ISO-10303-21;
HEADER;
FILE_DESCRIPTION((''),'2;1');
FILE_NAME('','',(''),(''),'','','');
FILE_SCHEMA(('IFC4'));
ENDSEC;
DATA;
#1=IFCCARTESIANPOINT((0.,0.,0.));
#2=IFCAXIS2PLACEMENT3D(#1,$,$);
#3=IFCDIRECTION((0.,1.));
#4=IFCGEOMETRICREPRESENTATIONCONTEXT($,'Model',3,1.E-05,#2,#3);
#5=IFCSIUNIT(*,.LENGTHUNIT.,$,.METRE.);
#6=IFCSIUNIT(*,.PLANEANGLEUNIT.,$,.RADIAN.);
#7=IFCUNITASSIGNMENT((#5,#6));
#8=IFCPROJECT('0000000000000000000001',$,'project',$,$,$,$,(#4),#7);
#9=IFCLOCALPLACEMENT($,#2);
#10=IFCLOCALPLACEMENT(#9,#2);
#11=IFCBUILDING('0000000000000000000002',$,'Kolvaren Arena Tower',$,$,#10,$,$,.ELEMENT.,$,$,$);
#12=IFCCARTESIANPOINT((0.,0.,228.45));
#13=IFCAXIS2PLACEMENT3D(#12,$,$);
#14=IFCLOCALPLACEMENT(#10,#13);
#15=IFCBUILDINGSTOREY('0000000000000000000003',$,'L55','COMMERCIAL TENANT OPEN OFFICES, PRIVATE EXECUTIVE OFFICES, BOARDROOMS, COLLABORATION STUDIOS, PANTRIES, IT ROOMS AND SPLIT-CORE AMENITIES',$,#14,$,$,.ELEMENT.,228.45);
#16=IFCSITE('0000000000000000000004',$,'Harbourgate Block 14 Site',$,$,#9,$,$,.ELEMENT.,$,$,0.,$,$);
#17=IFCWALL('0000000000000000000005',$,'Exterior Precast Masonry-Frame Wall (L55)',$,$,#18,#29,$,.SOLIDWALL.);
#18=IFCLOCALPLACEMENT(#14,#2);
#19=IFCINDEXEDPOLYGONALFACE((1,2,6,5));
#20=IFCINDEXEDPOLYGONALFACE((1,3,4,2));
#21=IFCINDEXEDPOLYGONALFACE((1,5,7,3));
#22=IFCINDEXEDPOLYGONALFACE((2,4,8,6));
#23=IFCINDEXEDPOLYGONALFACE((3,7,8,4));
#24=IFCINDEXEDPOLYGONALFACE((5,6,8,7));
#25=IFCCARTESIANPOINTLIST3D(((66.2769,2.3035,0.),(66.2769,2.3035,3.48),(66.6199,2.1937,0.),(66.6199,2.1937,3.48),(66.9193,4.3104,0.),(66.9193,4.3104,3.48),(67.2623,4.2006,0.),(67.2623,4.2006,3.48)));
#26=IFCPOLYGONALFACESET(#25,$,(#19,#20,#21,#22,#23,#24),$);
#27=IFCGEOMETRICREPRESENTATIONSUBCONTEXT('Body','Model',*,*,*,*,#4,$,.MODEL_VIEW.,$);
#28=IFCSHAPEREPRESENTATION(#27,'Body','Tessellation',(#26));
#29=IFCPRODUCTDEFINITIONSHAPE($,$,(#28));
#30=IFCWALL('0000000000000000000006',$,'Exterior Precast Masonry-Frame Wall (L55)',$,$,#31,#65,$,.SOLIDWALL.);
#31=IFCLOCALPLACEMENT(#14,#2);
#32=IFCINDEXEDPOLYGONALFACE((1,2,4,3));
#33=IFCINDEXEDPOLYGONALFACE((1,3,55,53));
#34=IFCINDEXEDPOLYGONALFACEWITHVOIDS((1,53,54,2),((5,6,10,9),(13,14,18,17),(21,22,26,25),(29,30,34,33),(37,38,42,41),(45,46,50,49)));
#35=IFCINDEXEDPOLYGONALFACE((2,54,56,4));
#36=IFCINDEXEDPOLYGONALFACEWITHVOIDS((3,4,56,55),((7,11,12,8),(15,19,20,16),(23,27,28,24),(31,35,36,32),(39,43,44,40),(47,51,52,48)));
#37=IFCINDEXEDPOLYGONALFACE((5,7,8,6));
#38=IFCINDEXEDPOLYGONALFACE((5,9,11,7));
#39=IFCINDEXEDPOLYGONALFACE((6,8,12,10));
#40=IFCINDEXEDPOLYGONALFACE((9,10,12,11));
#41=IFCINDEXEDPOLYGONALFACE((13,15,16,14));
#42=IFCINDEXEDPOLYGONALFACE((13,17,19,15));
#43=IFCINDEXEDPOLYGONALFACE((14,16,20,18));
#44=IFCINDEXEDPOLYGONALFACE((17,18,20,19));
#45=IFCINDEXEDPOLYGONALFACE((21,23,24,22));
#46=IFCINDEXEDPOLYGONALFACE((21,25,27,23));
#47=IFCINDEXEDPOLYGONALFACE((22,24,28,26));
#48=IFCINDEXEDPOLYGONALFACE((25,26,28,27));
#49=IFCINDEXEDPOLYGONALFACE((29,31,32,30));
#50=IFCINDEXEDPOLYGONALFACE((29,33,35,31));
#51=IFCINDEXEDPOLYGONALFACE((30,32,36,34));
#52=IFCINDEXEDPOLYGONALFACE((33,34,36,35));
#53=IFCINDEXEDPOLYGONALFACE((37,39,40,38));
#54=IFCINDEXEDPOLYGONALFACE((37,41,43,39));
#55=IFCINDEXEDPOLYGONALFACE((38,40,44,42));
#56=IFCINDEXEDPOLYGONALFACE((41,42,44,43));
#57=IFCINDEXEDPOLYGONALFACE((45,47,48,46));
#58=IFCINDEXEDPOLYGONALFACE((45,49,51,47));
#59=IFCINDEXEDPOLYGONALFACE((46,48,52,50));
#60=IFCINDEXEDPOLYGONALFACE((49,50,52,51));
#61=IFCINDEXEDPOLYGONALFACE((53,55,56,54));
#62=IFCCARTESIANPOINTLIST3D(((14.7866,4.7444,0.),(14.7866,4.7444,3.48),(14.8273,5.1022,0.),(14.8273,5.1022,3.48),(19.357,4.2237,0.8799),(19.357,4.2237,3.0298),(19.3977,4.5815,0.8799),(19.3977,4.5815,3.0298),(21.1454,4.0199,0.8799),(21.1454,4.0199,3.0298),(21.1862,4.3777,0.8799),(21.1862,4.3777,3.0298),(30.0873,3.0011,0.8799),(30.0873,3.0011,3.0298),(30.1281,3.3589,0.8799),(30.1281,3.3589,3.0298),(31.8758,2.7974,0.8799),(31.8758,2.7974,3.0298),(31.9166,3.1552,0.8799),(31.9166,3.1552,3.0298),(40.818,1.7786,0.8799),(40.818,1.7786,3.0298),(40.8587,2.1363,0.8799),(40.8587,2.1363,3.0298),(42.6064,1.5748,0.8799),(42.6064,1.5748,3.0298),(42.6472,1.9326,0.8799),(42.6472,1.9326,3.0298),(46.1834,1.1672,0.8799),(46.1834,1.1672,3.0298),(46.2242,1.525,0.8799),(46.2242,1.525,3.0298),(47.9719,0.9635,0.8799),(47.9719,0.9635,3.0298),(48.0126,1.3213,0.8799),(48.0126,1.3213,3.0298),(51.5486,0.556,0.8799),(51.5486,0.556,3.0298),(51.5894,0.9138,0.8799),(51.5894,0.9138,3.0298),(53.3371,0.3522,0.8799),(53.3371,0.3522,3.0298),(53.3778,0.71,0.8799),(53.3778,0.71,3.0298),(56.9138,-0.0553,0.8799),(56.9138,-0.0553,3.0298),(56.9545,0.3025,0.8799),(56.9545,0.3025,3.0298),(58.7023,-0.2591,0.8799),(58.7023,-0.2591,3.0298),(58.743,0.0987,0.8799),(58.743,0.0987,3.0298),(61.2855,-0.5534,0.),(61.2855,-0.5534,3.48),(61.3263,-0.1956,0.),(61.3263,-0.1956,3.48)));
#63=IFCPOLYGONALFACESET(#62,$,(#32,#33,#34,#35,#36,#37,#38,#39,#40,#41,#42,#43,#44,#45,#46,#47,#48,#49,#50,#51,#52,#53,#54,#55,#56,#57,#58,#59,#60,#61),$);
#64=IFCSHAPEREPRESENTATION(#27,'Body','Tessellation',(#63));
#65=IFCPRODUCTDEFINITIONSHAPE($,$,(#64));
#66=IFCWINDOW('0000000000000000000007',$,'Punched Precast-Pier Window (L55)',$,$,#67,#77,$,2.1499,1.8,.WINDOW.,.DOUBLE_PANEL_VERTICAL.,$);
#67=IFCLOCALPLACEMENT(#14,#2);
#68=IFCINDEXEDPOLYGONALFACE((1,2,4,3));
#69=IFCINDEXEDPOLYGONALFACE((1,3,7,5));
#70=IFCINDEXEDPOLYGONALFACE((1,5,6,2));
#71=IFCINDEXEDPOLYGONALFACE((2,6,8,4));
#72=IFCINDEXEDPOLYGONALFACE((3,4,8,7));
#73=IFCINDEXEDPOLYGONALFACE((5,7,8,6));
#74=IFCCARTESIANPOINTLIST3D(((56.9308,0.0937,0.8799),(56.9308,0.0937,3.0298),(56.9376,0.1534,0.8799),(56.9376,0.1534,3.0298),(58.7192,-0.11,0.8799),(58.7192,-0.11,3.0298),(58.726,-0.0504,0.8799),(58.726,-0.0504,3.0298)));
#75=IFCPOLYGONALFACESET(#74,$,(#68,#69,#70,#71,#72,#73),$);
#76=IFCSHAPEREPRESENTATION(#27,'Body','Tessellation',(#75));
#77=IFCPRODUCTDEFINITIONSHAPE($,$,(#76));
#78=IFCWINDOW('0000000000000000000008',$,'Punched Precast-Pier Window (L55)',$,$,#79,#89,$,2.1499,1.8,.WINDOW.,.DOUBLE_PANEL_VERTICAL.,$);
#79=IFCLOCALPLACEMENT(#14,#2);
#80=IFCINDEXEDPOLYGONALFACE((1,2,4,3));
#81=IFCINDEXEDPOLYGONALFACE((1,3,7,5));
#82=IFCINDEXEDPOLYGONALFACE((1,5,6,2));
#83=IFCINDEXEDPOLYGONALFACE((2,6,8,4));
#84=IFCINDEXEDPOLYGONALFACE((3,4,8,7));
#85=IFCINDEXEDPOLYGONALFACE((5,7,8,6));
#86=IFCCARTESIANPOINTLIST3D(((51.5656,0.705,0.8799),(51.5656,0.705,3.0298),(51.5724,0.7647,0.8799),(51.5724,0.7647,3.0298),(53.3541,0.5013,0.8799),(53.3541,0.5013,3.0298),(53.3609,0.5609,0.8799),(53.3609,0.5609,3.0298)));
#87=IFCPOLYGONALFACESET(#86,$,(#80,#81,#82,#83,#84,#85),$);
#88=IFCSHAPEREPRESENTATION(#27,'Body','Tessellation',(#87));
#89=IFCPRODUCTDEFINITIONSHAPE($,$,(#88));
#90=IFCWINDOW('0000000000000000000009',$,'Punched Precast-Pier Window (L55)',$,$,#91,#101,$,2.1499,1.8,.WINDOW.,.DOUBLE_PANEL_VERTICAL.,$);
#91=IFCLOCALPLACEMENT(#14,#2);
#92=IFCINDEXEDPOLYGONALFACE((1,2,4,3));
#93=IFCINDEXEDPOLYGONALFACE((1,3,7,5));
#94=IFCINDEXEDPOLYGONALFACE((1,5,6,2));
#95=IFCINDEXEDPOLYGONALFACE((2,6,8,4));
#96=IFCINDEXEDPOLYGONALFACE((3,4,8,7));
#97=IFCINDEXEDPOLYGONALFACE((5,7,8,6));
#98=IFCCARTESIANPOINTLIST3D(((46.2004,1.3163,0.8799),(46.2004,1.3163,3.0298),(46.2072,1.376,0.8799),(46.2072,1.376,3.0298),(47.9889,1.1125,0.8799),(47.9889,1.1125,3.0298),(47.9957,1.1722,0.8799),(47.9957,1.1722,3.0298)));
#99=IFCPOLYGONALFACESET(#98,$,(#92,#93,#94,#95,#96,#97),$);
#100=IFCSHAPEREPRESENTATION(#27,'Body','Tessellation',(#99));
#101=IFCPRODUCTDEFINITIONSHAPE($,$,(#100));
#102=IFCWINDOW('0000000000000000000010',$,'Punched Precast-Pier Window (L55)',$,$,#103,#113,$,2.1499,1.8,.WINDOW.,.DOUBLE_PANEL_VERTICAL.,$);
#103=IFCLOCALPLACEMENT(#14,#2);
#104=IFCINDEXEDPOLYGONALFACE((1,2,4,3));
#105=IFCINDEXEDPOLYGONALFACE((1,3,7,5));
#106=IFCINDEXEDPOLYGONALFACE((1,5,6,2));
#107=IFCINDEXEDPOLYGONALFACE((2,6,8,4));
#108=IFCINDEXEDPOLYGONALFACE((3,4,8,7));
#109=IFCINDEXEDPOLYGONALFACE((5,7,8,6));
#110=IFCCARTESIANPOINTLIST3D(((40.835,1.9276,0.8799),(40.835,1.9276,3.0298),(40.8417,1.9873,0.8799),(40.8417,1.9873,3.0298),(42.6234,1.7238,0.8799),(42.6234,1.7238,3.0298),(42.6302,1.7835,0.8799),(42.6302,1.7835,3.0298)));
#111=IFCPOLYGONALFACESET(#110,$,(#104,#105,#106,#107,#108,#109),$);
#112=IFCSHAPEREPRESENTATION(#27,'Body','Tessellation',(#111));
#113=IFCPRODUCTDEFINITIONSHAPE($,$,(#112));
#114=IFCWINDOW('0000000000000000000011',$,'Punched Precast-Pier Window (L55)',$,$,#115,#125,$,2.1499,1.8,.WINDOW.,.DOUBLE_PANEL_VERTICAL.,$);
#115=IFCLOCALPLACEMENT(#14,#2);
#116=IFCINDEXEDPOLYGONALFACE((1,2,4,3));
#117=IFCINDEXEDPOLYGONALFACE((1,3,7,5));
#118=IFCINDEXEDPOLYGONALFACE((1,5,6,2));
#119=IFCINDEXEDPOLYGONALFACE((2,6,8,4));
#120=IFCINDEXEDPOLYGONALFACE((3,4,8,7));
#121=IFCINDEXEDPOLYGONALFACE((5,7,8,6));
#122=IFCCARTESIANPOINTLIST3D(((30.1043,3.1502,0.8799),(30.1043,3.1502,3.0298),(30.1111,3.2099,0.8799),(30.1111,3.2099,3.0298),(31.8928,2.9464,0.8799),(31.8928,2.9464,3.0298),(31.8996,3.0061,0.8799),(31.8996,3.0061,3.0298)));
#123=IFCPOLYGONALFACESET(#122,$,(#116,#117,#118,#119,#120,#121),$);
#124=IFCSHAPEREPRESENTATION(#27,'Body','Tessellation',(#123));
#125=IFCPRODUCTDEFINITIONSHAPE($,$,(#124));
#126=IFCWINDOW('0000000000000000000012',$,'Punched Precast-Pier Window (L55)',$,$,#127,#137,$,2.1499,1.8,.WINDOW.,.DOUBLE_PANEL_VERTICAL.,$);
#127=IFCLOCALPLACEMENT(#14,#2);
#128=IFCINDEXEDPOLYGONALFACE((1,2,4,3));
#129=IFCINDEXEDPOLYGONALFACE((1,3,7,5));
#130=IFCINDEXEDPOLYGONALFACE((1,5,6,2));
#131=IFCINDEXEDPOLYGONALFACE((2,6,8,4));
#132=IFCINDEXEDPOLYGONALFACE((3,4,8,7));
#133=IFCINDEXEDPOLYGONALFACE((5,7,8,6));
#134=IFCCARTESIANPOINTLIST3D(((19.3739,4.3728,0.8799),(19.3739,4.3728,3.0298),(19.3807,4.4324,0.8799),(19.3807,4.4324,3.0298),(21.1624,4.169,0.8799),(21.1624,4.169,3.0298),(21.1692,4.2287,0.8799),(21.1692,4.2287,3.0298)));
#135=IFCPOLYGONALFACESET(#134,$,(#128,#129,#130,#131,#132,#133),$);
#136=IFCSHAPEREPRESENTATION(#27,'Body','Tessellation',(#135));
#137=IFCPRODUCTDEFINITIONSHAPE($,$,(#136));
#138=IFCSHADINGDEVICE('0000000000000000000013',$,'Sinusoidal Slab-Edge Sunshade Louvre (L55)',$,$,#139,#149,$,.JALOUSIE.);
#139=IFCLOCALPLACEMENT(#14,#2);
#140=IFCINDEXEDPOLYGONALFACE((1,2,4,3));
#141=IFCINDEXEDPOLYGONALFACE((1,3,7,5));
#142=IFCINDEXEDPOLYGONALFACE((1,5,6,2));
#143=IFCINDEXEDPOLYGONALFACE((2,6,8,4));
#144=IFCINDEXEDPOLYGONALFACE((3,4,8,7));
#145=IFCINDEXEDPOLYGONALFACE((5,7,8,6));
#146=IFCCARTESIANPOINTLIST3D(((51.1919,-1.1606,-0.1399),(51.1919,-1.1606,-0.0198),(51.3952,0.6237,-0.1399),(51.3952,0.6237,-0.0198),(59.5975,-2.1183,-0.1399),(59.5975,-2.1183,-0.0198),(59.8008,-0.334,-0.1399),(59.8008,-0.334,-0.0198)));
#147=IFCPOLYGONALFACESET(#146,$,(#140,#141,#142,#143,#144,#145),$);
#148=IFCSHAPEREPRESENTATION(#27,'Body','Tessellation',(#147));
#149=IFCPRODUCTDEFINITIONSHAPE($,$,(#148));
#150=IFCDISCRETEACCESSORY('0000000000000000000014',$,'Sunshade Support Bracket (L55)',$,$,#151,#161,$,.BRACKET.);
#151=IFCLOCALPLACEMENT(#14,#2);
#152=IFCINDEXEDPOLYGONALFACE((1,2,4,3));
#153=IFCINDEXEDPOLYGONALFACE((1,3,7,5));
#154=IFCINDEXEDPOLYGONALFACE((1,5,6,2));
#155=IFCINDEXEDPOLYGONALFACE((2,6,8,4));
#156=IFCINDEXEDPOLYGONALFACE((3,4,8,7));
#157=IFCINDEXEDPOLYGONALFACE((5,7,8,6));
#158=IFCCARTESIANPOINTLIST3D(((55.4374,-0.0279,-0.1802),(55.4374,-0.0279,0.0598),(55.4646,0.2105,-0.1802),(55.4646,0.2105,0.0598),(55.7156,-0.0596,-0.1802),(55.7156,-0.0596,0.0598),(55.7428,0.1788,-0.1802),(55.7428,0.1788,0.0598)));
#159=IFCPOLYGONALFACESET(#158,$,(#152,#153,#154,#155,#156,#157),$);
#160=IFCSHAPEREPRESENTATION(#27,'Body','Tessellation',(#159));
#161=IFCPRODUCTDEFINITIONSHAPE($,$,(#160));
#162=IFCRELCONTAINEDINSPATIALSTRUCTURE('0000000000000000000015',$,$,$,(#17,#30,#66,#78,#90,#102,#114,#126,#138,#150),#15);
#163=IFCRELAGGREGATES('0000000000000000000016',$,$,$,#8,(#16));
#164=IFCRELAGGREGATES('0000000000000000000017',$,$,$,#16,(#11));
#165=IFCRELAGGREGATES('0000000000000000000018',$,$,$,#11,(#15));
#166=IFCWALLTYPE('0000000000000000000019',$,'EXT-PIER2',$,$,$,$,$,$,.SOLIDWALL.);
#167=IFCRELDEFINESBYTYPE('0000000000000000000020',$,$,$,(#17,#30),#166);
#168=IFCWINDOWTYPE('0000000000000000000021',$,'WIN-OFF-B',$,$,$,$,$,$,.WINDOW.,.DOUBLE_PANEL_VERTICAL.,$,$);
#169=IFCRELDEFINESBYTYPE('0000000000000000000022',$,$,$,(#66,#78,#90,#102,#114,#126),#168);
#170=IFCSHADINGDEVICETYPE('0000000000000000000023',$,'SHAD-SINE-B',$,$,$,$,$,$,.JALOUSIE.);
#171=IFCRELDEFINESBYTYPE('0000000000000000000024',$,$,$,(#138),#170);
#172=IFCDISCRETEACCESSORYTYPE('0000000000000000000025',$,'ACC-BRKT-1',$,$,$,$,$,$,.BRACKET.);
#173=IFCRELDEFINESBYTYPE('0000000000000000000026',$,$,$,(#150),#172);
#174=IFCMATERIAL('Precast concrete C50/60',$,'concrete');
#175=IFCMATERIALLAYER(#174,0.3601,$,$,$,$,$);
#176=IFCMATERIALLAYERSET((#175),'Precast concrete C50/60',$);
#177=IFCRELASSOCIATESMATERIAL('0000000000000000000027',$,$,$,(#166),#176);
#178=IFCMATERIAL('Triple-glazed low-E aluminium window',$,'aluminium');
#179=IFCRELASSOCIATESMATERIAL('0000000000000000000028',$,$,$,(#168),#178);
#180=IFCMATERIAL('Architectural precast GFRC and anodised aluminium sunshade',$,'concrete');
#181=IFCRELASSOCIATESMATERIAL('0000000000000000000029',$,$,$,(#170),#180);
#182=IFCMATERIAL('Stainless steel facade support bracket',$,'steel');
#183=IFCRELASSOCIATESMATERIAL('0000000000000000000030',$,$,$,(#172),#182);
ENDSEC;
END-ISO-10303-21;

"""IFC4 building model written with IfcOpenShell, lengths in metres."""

from ifc_helpers import new_model, si_unit, direction, frame, frame_2d, origin, origin_2d, place, context, subcontext, project, spatial, rectangle, extrude, material, layer, layer_set, type_object, element, fill, save


model = new_model("IFC4")

# Units and contexts
model_context = context("Model", 3, precision=1e-05, world=origin(), true_north=direction((0.0, 1.0)))
body_context = subcontext(model_context, "Body", "Model", "MODEL_VIEW")
ifc_project = project(units=[si_unit("LENGTHUNIT", "METRE"), si_unit("PLANEANGLEUNIT", "RADIAN")], contexts=[model_context])

# Site, building, storey
site_placement = place(None, origin())
site = spatial("IfcSite", under=ifc_project, at=site_placement, Name="Harbourgate Block 14 Site", CompositionType="ELEMENT", RefElevation=0.0)
building_placement = place(site_placement, origin())
building = spatial("IfcBuilding", under=site, at=building_placement, Name="Kolvaren Arena Tower", CompositionType="ELEMENT")
storey_placement = place(building_placement, frame((0.0, 0.0, 228.45)))
storey = spatial("IfcBuildingStorey", under=building, at=storey_placement, Name="L55", Description="COMMERCIAL TENANT OPEN OFFICES, PRIVATE EXECUTIVE OFFICES, BOARDROOMS, COLLABORATION STUDIOS, PANTRIES, IT ROOMS AND SPLIT-CORE AMENITIES", CompositionType="ELEMENT", Elevation=228.45)

# Wall
ifc_material_1 = material(Name="Precast concrete C50/60", Category="concrete")
ifc_layer_1 = layer(ifc_material_1, 0.3601)
ifc_layer_set_1 = layer_set([ifc_layer_1], Name="Precast concrete C50/60")
wall_type_1 = type_object("IfcWallType", Name="EXT-PIER2", PredefinedType="SOLIDWALL", material=ifc_layer_set_1)
wall_1_placement = place(storey_placement, frame((67.0908, 4.2556, 0.0), z_axis=(0.0, 0.0, 1.0), x_axis=(-0.304839, -0.952404, 0.0)))
element("IfcWall", 1, at=wall_1_placement, inside=storey, type_object=wall_type_1, Name="Exterior Precast Masonry-Frame Wall (L55)", PredefinedType="SOLIDWALL", context=body_context, shape_type="SweptSolid", body=[
    extrude(rectangle(XDim=2.1072, YDim=0.3601, at=frame_2d((1.0537, 0.0))), origin(), (0.0, 0.0, 1.0), 3.48),
])

# Wall, openings, windows
wall_2_placement = place(storey_placement, frame((61.3059, -0.3745, 0.0), z_axis=(0.0, 0.0, 1.0), x_axis=(-0.993572, 0.113202, 0.0)))
wall_2 = element("IfcWall", 2, at=wall_2_placement, inside=storey, type_object=wall_type_1, Name="Exterior Precast Masonry-Frame Wall (L55)", PredefinedType="SOLIDWALL", context=body_context, shape_type="SweptSolid", body=[
    extrude(rectangle(XDim=46.7998, YDim=0.3601, at=frame_2d((23.3999, 0.0))), origin(), (0.0, 0.0, 1.0), 3.48),
])
opening_1_placement = place(wall_2_placement, frame((2.6001, 0.0, 0.8799)))
opening_1 = element("IfcOpeningElement", 3, at=opening_1_placement, cuts=wall_2, PredefinedType="OPENING", context=body_context, shape_type="SweptSolid", body=[
    extrude(rectangle(XDim=1.8, YDim=2.1499, at=frame_2d((0.8999, 1.075))), frame((0.0, 0.1899, 0.0), z_axis=(0.0, -1.0, 0.0), x_axis=(1.0, 0.0, 0.0)), (0.0, 0.0, 1.0), 0.3801),
])
opening_2_placement = place(wall_2_placement, frame((8.0, 0.0, 0.8799)))
opening_2 = element("IfcOpeningElement", 4, at=opening_2_placement, cuts=wall_2, PredefinedType="OPENING", context=body_context, shape_type="SweptSolid", body=[
    extrude(rectangle(XDim=1.8, YDim=2.1499, at=frame_2d((0.8999, 1.075))), frame((0.0, 0.1899, 0.0), z_axis=(0.0, -1.0, 0.0), x_axis=(1.0, 0.0, 0.0)), (0.0, 0.0, 1.0), 0.3801),
])
opening_3_placement = place(wall_2_placement, frame((13.3999, 0.0, 0.8799)))
opening_3 = element("IfcOpeningElement", 5, at=opening_3_placement, cuts=wall_2, PredefinedType="OPENING", context=body_context, shape_type="SweptSolid", body=[
    extrude(rectangle(XDim=1.8, YDim=2.1499, at=frame_2d((0.8999, 1.075))), frame((0.0, 0.1899, 0.0), z_axis=(0.0, -1.0, 0.0), x_axis=(1.0, 0.0, 0.0)), (0.0, 0.0, 1.0), 0.3801),
])
opening_4_placement = place(wall_2_placement, frame((18.8, 0.0, 0.8799)))
opening_4 = element("IfcOpeningElement", 6, at=opening_4_placement, cuts=wall_2, PredefinedType="OPENING", context=body_context, shape_type="SweptSolid", body=[
    extrude(rectangle(XDim=1.8, YDim=2.1499, at=frame_2d((0.8999, 1.075))), frame((0.0, 0.1899, 0.0), z_axis=(0.0, -1.0, 0.0), x_axis=(1.0, 0.0, 0.0)), (0.0, 0.0, 1.0), 0.3801),
])
opening_5_placement = place(wall_2_placement, frame((29.6001, 0.0, 0.8799)))
opening_5 = element("IfcOpeningElement", 7, at=opening_5_placement, cuts=wall_2, PredefinedType="OPENING", context=body_context, shape_type="SweptSolid", body=[
    extrude(rectangle(XDim=1.8, YDim=2.1499, at=frame_2d((0.8999, 1.075))), frame((0.0, 0.1899, 0.0), z_axis=(0.0, -1.0, 0.0), x_axis=(1.0, 0.0, 0.0)), (0.0, 0.0, 1.0), 0.3801),
])
opening_6_placement = place(wall_2_placement, frame((40.3999, 0.0, 0.8799)))
opening_6 = element("IfcOpeningElement", 8, at=opening_6_placement, cuts=wall_2, PredefinedType="OPENING", context=body_context, shape_type="SweptSolid", body=[
    extrude(rectangle(XDim=1.8, YDim=2.1499, at=frame_2d((0.8999, 1.075))), frame((0.0, 0.1899, 0.0), z_axis=(0.0, -1.0, 0.0), x_axis=(1.0, 0.0, 0.0)), (0.0, 0.0, 1.0), 0.3801),
])
ifc_material_2 = material(Name="Triple-glazed low-E aluminium window", Category="aluminium")
window_type = type_object("IfcWindowType", Name="WIN-OFF-B", PartitioningType="DOUBLE_PANEL_VERTICAL", PredefinedType="WINDOW", material=ifc_material_2)
window_1_placement = place(opening_1_placement, origin())
window_1 = element("IfcWindow", 9, at=window_1_placement, inside=storey, type_object=window_type, Name="Punched Precast-Pier Window (L55)", OverallHeight=2.1499, OverallWidth=1.8, PartitioningType="DOUBLE_PANEL_VERTICAL", PredefinedType="WINDOW", context=body_context, shape_type="SweptSolid", body=[
    extrude(rectangle(XDim=1.8, YDim=2.1499, at=frame_2d((0.8999, 1.075))), frame((0.0, 0.03, 0.0), z_axis=(0.0, -1.0, 0.0), x_axis=(1.0, 0.0, 0.0)), (0.0, 0.0, 1.0), 0.0601),
])
fill(opening_1, window_1)
window_2_placement = place(opening_2_placement, origin())
window_2 = element("IfcWindow", 10, at=window_2_placement, inside=storey, type_object=window_type, Name="Punched Precast-Pier Window (L55)", OverallHeight=2.1499, OverallWidth=1.8, PartitioningType="DOUBLE_PANEL_VERTICAL", PredefinedType="WINDOW", context=body_context, shape_type="SweptSolid", body=[
    extrude(rectangle(XDim=1.8, YDim=2.1499, at=frame_2d((0.8999, 1.075))), frame((0.0, 0.03, 0.0), z_axis=(0.0, -1.0, 0.0), x_axis=(1.0, 0.0, 0.0)), (0.0, 0.0, 1.0), 0.0601),
])
fill(opening_2, window_2)
window_3_placement = place(opening_3_placement, origin())
window_3 = element("IfcWindow", 11, at=window_3_placement, inside=storey, type_object=window_type, Name="Punched Precast-Pier Window (L55)", OverallHeight=2.1499, OverallWidth=1.8, PartitioningType="DOUBLE_PANEL_VERTICAL", PredefinedType="WINDOW", context=body_context, shape_type="SweptSolid", body=[
    extrude(rectangle(XDim=1.8, YDim=2.1499, at=frame_2d((0.8999, 1.075))), frame((0.0, 0.03, 0.0), z_axis=(0.0, -1.0, 0.0), x_axis=(1.0, 0.0, 0.0)), (0.0, 0.0, 1.0), 0.0601),
])
fill(opening_3, window_3)
window_4_placement = place(opening_4_placement, origin())
window_4 = element("IfcWindow", 12, at=window_4_placement, inside=storey, type_object=window_type, Name="Punched Precast-Pier Window (L55)", OverallHeight=2.1499, OverallWidth=1.8, PartitioningType="DOUBLE_PANEL_VERTICAL", PredefinedType="WINDOW", context=body_context, shape_type="SweptSolid", body=[
    extrude(rectangle(XDim=1.8, YDim=2.1499, at=frame_2d((0.8999, 1.075))), frame((0.0, 0.03, 0.0), z_axis=(0.0, -1.0, 0.0), x_axis=(1.0, 0.0, 0.0)), (0.0, 0.0, 1.0), 0.0601),
])
fill(opening_4, window_4)
window_5_placement = place(opening_5_placement, origin())
window_5 = element("IfcWindow", 13, at=window_5_placement, inside=storey, type_object=window_type, Name="Punched Precast-Pier Window (L55)", OverallHeight=2.1499, OverallWidth=1.8, PartitioningType="DOUBLE_PANEL_VERTICAL", PredefinedType="WINDOW", context=body_context, shape_type="SweptSolid", body=[
    extrude(rectangle(XDim=1.8, YDim=2.1499, at=frame_2d((0.8999, 1.075))), frame((0.0, 0.03, 0.0), z_axis=(0.0, -1.0, 0.0), x_axis=(1.0, 0.0, 0.0)), (0.0, 0.0, 1.0), 0.0601),
])
fill(opening_5, window_5)
window_6_placement = place(opening_6_placement, origin())
window_6 = element("IfcWindow", 14, at=window_6_placement, inside=storey, type_object=window_type, Name="Punched Precast-Pier Window (L55)", OverallHeight=2.1499, OverallWidth=1.8, PartitioningType="DOUBLE_PANEL_VERTICAL", PredefinedType="WINDOW", context=body_context, shape_type="SweptSolid", body=[
    extrude(rectangle(XDim=1.8, YDim=2.1499, at=frame_2d((0.8999, 1.075))), frame((0.0, 0.03, 0.0), z_axis=(0.0, -1.0, 0.0), x_axis=(1.0, 0.0, 0.0)), (0.0, 0.0, 1.0), 0.0601),
])
fill(opening_6, window_6)

# Shading device
ifc_material_3 = material(Name="Architectural precast GFRC and anodised aluminium sunshade", Category="concrete")
shading_device_type = type_object("IfcShadingDeviceType", Name="SHAD-SINE-B", PredefinedType="JALOUSIE", material=ifc_material_3)
shading_device_placement = place(storey_placement, frame((55.4963, -0.7473, -0.1399), z_axis=(0.0, 0.0, 1.0), x_axis=(-0.993572, 0.113205, 0.0)))
element("IfcShadingDevice", 15, at=shading_device_placement, inside=storey, type_object=shading_device_type, Name="Sinusoidal Slab-Edge Sunshade Louvre (L55)", PredefinedType="JALOUSIE", context=body_context, shape_type="SweptSolid", body=[
    extrude(rectangle(XDim=8.46, YDim=1.7959, at=origin_2d()), origin(), (0.0, 0.0, 1.0), 0.1201),
])

# Discrete accessory
ifc_material_4 = material(Name="Stainless steel facade support bracket", Category="steel")
discrete_accessory_type = type_object("IfcDiscreteAccessoryType", Name="ACC-BRKT-1", PredefinedType="BRACKET", material=ifc_material_4)
discrete_accessory_placement = place(storey_placement, frame((55.5901, 0.0754, -0.1802), z_axis=(0.0, 0.0, 1.0), x_axis=(-0.993572, 0.113205, 0.0)))
element("IfcDiscreteAccessory", 16, at=discrete_accessory_placement, inside=storey, type_object=discrete_accessory_type, Name="Sunshade Support Bracket (L55)", PredefinedType="BRACKET", context=body_context, shape_type="SweptSolid", body=[
    extrude(rectangle(XDim=0.28, YDim=0.24, at=origin_2d()), origin(), (0.0, 0.0, 1.0), 0.24),
])

save(model, "model.ifc")
